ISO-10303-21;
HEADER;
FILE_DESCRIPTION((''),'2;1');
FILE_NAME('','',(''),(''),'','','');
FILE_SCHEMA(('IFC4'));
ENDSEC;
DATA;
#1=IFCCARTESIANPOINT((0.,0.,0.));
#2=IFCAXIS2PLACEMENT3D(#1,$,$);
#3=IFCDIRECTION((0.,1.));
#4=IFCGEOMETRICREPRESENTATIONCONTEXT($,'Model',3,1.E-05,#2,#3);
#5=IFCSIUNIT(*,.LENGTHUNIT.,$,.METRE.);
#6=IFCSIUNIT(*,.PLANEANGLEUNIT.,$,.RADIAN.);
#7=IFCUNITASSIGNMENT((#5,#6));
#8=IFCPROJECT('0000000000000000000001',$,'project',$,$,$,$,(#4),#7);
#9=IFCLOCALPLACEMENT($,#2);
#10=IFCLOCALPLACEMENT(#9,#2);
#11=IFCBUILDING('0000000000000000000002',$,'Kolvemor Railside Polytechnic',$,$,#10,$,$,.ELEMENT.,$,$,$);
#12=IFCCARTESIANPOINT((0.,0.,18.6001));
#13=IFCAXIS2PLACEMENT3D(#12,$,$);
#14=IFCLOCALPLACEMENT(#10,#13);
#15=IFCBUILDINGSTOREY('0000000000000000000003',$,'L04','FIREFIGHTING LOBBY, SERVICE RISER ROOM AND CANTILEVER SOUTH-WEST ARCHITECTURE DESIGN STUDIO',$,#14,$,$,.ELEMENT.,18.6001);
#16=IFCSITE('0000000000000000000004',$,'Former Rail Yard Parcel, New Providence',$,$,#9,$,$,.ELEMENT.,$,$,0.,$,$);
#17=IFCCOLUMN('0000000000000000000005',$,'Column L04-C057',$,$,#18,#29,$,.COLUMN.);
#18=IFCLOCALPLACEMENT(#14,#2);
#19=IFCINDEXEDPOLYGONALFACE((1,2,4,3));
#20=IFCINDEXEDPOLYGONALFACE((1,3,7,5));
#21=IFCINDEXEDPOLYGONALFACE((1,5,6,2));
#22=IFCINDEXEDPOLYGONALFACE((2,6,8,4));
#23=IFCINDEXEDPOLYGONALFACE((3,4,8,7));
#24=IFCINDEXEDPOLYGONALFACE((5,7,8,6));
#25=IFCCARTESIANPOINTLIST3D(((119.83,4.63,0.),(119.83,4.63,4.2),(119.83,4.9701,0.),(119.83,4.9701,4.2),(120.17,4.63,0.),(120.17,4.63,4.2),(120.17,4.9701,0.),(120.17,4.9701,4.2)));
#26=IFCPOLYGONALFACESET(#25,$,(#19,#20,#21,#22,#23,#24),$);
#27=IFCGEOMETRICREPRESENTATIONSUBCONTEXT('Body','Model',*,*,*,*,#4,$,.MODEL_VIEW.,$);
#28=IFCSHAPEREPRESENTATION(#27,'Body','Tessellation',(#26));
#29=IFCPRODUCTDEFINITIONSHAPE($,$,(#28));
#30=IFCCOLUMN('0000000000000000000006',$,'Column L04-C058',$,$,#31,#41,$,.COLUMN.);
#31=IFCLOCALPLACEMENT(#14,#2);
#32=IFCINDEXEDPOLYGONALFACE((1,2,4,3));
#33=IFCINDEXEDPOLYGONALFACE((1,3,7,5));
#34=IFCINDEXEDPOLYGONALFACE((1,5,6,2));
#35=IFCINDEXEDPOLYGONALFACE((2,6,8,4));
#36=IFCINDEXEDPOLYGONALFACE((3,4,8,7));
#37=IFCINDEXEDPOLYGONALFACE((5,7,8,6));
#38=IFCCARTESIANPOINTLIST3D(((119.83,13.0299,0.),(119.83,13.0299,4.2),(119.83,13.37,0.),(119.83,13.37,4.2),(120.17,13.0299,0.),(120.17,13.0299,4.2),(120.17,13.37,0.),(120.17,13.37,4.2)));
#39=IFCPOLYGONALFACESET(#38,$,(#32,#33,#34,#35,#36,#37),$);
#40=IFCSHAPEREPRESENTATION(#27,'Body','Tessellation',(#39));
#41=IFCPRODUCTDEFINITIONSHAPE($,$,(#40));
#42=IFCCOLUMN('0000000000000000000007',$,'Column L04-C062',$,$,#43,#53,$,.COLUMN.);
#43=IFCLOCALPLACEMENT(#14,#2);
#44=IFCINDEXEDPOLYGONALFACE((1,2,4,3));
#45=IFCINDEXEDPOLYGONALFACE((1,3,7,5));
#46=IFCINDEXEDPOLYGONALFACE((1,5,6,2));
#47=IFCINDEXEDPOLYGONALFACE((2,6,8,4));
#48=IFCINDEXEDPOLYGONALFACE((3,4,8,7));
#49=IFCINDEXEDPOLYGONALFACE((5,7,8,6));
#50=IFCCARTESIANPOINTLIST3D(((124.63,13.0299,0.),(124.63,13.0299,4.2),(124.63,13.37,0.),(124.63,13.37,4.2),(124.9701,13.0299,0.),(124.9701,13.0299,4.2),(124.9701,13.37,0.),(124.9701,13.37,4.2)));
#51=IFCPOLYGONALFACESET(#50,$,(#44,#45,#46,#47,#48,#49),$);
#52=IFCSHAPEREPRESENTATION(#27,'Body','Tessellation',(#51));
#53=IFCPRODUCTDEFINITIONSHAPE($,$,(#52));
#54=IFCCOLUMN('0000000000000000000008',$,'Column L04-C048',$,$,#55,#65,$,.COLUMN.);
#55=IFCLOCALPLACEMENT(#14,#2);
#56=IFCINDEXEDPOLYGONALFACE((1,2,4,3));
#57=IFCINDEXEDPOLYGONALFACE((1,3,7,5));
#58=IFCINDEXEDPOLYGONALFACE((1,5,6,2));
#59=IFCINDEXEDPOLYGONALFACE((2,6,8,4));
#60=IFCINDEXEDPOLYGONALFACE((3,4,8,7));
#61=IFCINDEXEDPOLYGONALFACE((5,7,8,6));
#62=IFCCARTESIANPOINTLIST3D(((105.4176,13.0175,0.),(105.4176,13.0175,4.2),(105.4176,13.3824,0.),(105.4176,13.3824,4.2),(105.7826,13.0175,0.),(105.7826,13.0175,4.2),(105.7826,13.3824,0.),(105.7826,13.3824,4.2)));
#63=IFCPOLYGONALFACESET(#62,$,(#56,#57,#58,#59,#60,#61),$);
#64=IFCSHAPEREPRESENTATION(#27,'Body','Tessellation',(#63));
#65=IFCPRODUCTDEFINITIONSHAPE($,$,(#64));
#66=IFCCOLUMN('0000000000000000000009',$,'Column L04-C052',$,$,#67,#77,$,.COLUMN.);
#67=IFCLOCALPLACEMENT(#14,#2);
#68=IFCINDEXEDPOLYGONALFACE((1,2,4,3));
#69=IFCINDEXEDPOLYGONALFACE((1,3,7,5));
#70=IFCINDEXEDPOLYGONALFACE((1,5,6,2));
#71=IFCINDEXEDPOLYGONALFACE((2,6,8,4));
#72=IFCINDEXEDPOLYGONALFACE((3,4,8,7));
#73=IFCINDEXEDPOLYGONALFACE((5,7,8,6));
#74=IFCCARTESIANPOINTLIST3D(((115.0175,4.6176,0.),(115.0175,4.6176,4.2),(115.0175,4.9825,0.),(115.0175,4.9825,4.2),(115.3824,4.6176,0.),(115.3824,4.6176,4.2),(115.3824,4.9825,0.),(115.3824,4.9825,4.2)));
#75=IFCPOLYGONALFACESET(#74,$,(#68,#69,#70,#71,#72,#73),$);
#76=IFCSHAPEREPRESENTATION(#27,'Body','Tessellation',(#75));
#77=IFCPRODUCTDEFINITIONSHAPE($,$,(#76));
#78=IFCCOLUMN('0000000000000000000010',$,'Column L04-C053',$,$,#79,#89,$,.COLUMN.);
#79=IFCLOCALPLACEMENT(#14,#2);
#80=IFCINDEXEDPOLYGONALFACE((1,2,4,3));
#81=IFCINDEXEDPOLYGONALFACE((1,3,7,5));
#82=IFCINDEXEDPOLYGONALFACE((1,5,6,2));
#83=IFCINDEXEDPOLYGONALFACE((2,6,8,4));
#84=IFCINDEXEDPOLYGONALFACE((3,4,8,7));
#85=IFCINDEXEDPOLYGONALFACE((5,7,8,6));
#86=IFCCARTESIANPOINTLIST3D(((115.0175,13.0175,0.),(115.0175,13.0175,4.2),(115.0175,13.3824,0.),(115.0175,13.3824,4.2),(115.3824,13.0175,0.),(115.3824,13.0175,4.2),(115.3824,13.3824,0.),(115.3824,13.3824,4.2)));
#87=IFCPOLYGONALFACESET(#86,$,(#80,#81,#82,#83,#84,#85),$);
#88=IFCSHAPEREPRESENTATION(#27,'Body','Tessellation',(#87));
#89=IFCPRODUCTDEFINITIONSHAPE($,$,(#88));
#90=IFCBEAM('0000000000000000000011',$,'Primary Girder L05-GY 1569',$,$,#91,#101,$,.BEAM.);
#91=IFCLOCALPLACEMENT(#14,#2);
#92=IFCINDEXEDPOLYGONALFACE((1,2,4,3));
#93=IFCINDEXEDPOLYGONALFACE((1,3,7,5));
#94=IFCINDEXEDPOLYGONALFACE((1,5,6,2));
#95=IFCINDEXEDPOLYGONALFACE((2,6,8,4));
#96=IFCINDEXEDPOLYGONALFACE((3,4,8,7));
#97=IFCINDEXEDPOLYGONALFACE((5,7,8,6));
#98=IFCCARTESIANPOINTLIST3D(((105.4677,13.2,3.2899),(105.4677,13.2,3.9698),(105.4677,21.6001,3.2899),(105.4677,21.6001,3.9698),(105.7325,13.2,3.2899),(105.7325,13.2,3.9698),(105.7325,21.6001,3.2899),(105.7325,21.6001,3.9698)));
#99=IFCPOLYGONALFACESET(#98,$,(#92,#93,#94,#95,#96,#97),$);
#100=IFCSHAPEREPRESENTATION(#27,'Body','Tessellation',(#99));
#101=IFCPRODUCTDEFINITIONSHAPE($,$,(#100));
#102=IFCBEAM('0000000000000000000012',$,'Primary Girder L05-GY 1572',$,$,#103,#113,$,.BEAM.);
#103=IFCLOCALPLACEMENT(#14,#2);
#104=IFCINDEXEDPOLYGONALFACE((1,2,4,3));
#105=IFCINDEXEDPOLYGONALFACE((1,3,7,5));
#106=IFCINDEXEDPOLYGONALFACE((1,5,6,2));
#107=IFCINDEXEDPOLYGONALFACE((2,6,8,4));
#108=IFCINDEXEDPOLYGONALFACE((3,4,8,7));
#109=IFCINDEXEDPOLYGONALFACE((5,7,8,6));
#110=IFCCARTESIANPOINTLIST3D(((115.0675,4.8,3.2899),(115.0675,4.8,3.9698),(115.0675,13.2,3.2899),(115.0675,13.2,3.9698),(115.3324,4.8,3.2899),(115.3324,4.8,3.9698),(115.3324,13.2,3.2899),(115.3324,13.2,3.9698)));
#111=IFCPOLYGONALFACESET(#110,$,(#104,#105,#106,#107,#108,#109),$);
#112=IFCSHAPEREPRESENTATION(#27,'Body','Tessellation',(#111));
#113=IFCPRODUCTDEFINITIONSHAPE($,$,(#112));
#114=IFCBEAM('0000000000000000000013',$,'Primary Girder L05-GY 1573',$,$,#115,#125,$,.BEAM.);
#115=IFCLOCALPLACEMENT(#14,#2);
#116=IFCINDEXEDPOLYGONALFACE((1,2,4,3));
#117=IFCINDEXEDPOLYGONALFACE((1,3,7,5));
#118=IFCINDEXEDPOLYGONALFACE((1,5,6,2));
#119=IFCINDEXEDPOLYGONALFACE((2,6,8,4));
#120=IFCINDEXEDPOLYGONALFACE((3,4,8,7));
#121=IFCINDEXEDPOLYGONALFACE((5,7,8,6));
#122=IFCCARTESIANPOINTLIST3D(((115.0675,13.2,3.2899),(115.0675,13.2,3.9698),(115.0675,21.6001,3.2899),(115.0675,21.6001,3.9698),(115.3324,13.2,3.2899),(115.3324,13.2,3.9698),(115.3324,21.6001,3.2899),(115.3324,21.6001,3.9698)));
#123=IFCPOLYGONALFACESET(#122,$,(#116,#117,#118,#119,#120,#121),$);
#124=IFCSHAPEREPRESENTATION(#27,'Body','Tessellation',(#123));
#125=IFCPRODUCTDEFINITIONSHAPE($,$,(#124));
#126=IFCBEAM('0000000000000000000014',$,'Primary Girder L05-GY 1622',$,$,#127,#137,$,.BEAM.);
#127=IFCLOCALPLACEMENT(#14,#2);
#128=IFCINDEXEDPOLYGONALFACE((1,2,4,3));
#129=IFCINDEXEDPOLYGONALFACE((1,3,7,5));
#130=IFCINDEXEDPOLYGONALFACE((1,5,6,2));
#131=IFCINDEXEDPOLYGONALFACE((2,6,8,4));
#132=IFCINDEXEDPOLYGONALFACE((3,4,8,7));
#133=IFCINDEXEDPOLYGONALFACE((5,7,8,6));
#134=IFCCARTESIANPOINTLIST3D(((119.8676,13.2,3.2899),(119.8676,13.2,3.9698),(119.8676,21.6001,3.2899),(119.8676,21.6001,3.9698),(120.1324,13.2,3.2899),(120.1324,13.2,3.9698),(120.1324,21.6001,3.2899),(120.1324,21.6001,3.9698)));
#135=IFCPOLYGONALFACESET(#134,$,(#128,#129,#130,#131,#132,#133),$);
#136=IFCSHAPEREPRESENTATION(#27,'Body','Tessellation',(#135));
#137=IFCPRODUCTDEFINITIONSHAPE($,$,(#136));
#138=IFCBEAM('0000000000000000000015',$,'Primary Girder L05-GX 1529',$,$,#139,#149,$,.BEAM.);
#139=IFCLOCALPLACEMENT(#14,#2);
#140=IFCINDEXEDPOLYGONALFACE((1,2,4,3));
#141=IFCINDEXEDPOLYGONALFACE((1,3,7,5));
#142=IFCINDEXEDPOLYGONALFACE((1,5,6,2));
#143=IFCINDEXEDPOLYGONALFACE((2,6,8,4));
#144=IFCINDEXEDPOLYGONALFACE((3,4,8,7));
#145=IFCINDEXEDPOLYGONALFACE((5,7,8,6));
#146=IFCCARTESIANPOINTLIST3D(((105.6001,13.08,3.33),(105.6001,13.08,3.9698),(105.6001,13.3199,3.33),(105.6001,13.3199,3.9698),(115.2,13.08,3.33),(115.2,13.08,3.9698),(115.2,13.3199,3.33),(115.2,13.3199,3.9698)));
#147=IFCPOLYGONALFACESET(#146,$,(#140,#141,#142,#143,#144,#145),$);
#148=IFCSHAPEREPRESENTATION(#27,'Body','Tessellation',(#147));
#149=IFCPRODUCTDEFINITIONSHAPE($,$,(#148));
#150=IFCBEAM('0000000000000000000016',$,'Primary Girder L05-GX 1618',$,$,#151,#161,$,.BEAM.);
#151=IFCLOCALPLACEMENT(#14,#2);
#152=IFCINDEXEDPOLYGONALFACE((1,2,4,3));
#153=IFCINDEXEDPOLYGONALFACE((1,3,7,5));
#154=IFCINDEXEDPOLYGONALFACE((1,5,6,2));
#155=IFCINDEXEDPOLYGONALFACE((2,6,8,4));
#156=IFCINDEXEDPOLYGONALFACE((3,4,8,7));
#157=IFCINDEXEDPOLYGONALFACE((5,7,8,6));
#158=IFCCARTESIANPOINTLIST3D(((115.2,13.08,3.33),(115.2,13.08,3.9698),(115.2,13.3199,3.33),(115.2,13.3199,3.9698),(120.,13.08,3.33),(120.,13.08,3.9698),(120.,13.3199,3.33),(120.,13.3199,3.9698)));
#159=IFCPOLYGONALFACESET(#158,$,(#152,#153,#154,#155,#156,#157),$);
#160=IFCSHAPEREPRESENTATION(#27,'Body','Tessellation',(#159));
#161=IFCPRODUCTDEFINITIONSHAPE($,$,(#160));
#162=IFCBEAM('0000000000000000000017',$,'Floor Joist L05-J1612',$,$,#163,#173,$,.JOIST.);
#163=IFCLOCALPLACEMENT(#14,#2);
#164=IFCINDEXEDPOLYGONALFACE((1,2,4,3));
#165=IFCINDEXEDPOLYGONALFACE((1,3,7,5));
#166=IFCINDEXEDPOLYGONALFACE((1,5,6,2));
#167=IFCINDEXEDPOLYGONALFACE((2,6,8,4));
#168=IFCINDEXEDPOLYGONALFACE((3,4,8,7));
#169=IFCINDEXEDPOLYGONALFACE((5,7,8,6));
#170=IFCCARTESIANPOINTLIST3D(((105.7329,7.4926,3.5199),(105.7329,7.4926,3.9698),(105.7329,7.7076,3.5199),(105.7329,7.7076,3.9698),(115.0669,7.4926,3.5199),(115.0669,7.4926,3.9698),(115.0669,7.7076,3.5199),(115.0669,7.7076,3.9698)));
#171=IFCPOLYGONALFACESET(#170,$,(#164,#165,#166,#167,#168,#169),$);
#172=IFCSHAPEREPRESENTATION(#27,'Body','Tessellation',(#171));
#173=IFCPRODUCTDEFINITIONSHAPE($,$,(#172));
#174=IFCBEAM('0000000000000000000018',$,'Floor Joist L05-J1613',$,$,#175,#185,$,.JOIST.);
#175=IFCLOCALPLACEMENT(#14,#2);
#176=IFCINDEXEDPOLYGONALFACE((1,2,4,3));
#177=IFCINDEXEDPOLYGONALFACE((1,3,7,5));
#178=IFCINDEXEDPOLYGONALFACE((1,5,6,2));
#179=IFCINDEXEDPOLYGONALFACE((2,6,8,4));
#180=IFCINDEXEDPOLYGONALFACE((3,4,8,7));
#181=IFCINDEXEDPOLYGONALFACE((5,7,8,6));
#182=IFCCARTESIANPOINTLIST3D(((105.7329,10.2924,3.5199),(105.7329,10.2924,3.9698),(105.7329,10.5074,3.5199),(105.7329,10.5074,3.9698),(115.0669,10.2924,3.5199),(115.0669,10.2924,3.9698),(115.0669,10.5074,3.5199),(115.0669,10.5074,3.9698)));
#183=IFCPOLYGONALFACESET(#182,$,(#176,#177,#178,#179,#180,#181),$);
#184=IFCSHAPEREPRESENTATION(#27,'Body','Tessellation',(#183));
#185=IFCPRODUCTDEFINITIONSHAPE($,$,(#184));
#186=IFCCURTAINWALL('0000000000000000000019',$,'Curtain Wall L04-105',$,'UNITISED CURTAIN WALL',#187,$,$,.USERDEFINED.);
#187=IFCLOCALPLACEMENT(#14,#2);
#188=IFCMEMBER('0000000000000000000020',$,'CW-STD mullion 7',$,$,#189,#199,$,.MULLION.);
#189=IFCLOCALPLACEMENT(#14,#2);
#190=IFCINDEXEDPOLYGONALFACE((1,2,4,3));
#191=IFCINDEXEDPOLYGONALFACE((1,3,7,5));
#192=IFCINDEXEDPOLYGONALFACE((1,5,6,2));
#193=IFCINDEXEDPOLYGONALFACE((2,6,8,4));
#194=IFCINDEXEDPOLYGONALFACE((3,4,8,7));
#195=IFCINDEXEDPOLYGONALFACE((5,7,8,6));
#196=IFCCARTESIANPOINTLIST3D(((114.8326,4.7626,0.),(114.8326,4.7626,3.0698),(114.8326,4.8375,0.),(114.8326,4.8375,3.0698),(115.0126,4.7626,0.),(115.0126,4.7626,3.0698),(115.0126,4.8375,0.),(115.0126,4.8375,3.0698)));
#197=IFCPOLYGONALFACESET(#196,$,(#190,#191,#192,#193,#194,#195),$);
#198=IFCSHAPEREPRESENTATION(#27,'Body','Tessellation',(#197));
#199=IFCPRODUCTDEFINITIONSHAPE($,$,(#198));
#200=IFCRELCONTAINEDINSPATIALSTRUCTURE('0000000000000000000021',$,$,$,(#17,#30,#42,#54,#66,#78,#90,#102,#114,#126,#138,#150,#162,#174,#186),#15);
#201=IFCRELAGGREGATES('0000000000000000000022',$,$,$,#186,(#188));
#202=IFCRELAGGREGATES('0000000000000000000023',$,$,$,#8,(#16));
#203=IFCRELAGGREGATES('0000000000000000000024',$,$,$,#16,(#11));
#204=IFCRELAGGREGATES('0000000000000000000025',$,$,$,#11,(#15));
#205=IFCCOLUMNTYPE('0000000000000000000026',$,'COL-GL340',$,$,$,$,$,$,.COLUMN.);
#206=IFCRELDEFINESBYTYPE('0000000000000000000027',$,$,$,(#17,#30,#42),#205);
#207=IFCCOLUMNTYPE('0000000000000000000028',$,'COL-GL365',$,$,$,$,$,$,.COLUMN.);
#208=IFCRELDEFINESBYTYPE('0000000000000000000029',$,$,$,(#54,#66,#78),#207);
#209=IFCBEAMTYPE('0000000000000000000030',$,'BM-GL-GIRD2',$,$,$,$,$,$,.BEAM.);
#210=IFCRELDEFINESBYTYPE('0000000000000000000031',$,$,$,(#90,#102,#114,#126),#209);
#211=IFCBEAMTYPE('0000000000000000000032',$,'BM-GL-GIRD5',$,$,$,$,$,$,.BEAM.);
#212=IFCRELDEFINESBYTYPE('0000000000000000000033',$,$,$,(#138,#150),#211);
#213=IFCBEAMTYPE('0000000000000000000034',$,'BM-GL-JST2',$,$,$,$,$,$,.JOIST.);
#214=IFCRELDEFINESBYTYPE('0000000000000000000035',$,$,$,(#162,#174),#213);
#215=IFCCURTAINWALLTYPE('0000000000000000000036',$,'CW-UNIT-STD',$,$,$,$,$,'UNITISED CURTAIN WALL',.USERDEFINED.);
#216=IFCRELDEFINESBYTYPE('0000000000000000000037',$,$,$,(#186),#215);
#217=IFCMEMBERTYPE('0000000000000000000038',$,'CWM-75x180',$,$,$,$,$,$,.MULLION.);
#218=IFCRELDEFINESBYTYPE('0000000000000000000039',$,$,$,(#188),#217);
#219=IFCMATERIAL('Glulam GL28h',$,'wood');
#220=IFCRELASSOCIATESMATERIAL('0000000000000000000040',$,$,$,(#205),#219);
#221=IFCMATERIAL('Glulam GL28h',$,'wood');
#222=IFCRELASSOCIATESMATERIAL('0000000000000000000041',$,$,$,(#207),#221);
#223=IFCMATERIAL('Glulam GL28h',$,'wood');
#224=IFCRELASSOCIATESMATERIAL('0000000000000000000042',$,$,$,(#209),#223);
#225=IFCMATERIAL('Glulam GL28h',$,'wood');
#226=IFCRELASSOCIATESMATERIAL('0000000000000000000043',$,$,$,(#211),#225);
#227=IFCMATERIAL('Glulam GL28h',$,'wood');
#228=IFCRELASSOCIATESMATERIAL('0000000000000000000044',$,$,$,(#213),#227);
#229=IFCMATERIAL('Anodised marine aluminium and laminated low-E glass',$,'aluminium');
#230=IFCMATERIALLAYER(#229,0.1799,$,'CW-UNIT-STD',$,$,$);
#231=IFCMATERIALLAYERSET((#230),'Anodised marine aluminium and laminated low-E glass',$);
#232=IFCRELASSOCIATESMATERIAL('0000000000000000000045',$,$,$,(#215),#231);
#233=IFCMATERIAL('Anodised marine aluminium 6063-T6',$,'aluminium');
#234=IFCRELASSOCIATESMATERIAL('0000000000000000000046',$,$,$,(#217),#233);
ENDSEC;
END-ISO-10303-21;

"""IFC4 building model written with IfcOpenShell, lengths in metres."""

from ifc_helpers import new_model, si_unit, direction, frame, origin, origin_2d, place, context, subcontext, project, spatial, rectangle, extrude, material, layer, layer_set, material_profile, profile_set, type_object, element, aggregate, save


model = new_model("IFC4")

# Units and contexts
model_context = context("Model", 3, precision=1e-05, world=origin(), true_north=direction((0.0, 1.0)))
body_context = subcontext(model_context, "Body", "Model", "MODEL_VIEW")
ifc_project = project(units=[si_unit("LENGTHUNIT", "METRE"), si_unit("PLANEANGLEUNIT", "RADIAN")], contexts=[model_context])

# Site, building, storey
site_placement = place(None, origin())
site = spatial("IfcSite", under=ifc_project, at=site_placement, Name="Former Rail Yard Parcel, New Providence", CompositionType="ELEMENT", RefElevation=0.0)
building_placement = place(site_placement, origin())
building = spatial("IfcBuilding", under=site, at=building_placement, Name="Kolvemor Railside Polytechnic", CompositionType="ELEMENT")
storey_placement = place(building_placement, frame((0.0, 0.0, 18.6001)))
storey = spatial("IfcBuildingStorey", under=building, at=storey_placement, Name="L04", Description="FIREFIGHTING LOBBY, SERVICE RISER ROOM AND CANTILEVER SOUTH-WEST ARCHITECTURE DESIGN STUDIO", CompositionType="ELEMENT", Elevation=18.6001)

# Columns
ifc_material_1 = material(Name="Glulam GL28h", Category="wood")
ifc_material_profile_1 = material_profile(ifc_material_1, rectangle(XDim=0.3401, YDim=0.3401, at=origin_2d()), Name="GL340x340")
ifc_profile_set_1 = profile_set([ifc_material_profile_1], Name="Glulam GL28h")
column_type_1 = type_object("IfcColumnType", Name="COL-GL340", PredefinedType="COLUMN", material=ifc_profile_set_1)
for number, where, z_axis, x_axis, name in (
    (1, (120.0, 4.8, 0.0), (0.0, 0.0, 1.0), (1.0, 0.0, 0.0), "Column L04-C057"),
    (2, (120.0, 13.2, 0.0), (0.0, 0.0, 1.0), (1.0, 0.0, 0.0), "Column L04-C058"),
    (3, (124.8, 13.2, 0.0), (0.0, 0.0, 1.0), (1.0, 0.0, 0.0), "Column L04-C062"),
):
    element("IfcColumn", number, at=place(storey_placement, frame(where, z_axis=z_axis, x_axis=x_axis)), inside=storey, type_object=column_type_1, Name=name, PredefinedType="COLUMN", context=body_context, shape_type="SweptSolid", body=[
        extrude(rectangle(XDim=0.3401, YDim=0.3401, at=origin_2d()), origin(), (0.0, 0.0, 1.0), 4.2),
    ])
ifc_material_2 = material(Name="Glulam GL28h", Category="wood")
ifc_material_profile_2 = material_profile(ifc_material_2, rectangle(XDim=0.365, YDim=0.365, at=origin_2d()), Name="GL365x365")
ifc_profile_set_2 = profile_set([ifc_material_profile_2], Name="Glulam GL28h")
column_type_2 = type_object("IfcColumnType", Name="COL-GL365", PredefinedType="COLUMN", material=ifc_profile_set_2)
for number, where, z_axis, x_axis, name in (
    (4, (105.6001, 13.2, 0.0), (0.0, 0.0, 1.0), (1.0, 0.0, 0.0), "Column L04-C048"),
    (5, (115.2, 4.8, 0.0), (0.0, 0.0, 1.0), (1.0, 0.0, 0.0), "Column L04-C052"),
    (6, (115.2, 13.2, 0.0), (0.0, 0.0, 1.0), (1.0, 0.0, 0.0), "Column L04-C053"),
):
    element("IfcColumn", number, at=place(storey_placement, frame(where, z_axis=z_axis, x_axis=x_axis)), inside=storey, type_object=column_type_2, Name=name, PredefinedType="COLUMN", context=body_context, shape_type="SweptSolid", body=[
        extrude(rectangle(XDim=0.365, YDim=0.365, at=origin_2d()), origin(), (0.0, 0.0, 1.0), 4.2),
    ])

# Beams
ifc_material_3 = material(Name="Glulam GL28h", Category="wood")
ifc_material_profile_3 = material_profile(ifc_material_3, rectangle(XDim=0.2649, YDim=0.6799, at=origin_2d()), Name="GL265x680")
ifc_profile_set_3 = profile_set([ifc_material_profile_3], Name="Glulam GL28h")
beam_type_1 = type_object("IfcBeamType", Name="BM-GL-GIRD2", PredefinedType="BEAM", material=ifc_profile_set_3)
beam_1_placement = place(storey_placement, frame((105.6001, 13.2, 3.6299), z_axis=(0.0, 1.0, 0.0), x_axis=(-1.0, 0.0, 0.0)))
element("IfcBeam", 7, at=beam_1_placement, inside=storey, type_object=beam_type_1, Name="Primary Girder L05-GY 1569", PredefinedType="BEAM", context=body_context, shape_type="SweptSolid", body=[
    extrude(rectangle(XDim=0.2649, YDim=0.6799, at=origin_2d()), origin(), (0.0, 0.0, 1.0), 8.4001),
])
beam_2_placement = place(storey_placement, frame((115.2, 4.8, 3.6299), z_axis=(0.0, 1.0, 0.0), x_axis=(-1.0, 0.0, 0.0)))
element("IfcBeam", 8, at=beam_2_placement, inside=storey, type_object=beam_type_1, Name="Primary Girder L05-GY 1572", PredefinedType="BEAM", context=body_context, shape_type="SweptSolid", body=[
    extrude(rectangle(XDim=0.2649, YDim=0.6799, at=origin_2d()), origin(), (0.0, 0.0, 1.0), 8.3999),
])
for number, where, z_axis, x_axis, name in (
    (9, (115.2, 13.2, 3.6299), (0.0, 1.0, 0.0), (-1.0, 0.0, 0.0), "Primary Girder L05-GY 1573"),
    (10, (120.0, 13.2, 3.6299), (0.0, 1.0, 0.0), (-1.0, 0.0, 0.0), "Primary Girder L05-GY 1622"),
):
    element("IfcBeam", number, at=place(storey_placement, frame(where, z_axis=z_axis, x_axis=x_axis)), inside=storey, type_object=beam_type_1, Name=name, PredefinedType="BEAM", context=body_context, shape_type="SweptSolid", body=[
        extrude(rectangle(XDim=0.2649, YDim=0.6799, at=origin_2d()), origin(), (0.0, 0.0, 1.0), 8.4001),
    ])
ifc_material_4 = material(Name="Glulam GL28h", Category="wood")
ifc_material_profile_4 = material_profile(ifc_material_4, rectangle(XDim=0.24, YDim=0.6399, at=origin_2d()), Name="GL240x640")
ifc_profile_set_4 = profile_set([ifc_material_profile_4], Name="Glulam GL28h")
beam_type_2 = type_object("IfcBeamType", Name="BM-GL-GIRD5", PredefinedType="BEAM", material=ifc_profile_set_4)
beam_3_placement = place(storey_placement, frame((105.6001, 13.2, 3.6499), z_axis=(1.0, 0.0, 0.0), x_axis=(0.0, 1.0, 0.0)))
element("IfcBeam", 11, at=beam_3_placement, inside=storey, type_object=beam_type_2, Name="Primary Girder L05-GX 1529", PredefinedType="BEAM", context=body_context, shape_type="SweptSolid", body=[
    extrude(rectangle(XDim=0.24, YDim=0.6399, at=origin_2d()), origin(), (0.0, 0.0, 1.0), 9.5999),
])
beam_4_placement = place(storey_placement, frame((115.2, 13.2, 3.6499), z_axis=(1.0, 0.0, 0.0), x_axis=(0.0, 1.0, 0.0)))
element("IfcBeam", 12, at=beam_4_placement, inside=storey, type_object=beam_type_2, Name="Primary Girder L05-GX 1618", PredefinedType="BEAM", context=body_context, shape_type="SweptSolid", body=[
    extrude(rectangle(XDim=0.24, YDim=0.6399, at=origin_2d()), origin(), (0.0, 0.0, 1.0), 4.8),
])
ifc_material_5 = material(Name="Glulam GL28h", Category="wood")
ifc_material_profile_5 = material_profile(ifc_material_5, rectangle(XDim=0.2151, YDim=0.45, at=origin_2d()), Name="GL215x450")
ifc_profile_set_5 = profile_set([ifc_material_profile_5], Name="Glulam GL28h")
beam_type_3 = type_object("IfcBeamType", Name="BM-GL-JST2", PredefinedType="JOIST", material=ifc_profile_set_5)
for number, where, z_axis, x_axis, name in (
    (13, (105.7329, 7.6001, 3.7449), (1.0, 0.0, 0.0), (0.0, 1.0, 0.0), "Floor Joist L05-J1612"),
    (14, (105.7329, 10.3999, 3.7449), (1.0, 0.0, 0.0), (0.0, 1.0, 0.0), "Floor Joist L05-J1613"),
):
    element("IfcBeam", number, at=place(storey_placement, frame(where, z_axis=z_axis, x_axis=x_axis)), inside=storey, type_object=beam_type_3, Name=name, PredefinedType="JOIST", context=body_context, shape_type="SweptSolid", body=[
        extrude(rectangle(XDim=0.2151, YDim=0.45, at=origin_2d()), origin(), (0.0, 0.0, 1.0), 9.334),
    ])

# Curtain wall, member
ifc_material_6 = material(Name="Anodised marine aluminium and laminated low-E glass", Category="aluminium")
ifc_layer_1 = layer(ifc_material_6, 0.1799, Name="CW-UNIT-STD")
ifc_layer_set_1 = layer_set([ifc_layer_1], Name="Anodised marine aluminium and laminated low-E glass")
curtain_wall_type = type_object("IfcCurtainWallType", Name="CW-UNIT-STD", ElementType="UNITISED CURTAIN WALL", PredefinedType="USERDEFINED", material=ifc_layer_set_1)
curtain_wall_placement = place(storey_placement, origin())
curtain_wall = element("IfcCurtainWall", 15, at=curtain_wall_placement, inside=storey, type_object=curtain_wall_type, Name="Curtain Wall L04-105", ObjectType="UNITISED CURTAIN WALL", PredefinedType="USERDEFINED")
ifc_material_7 = material(Name="Anodised marine aluminium 6063-T6", Category="aluminium")
ifc_material_profile_6 = material_profile(ifc_material_7, rectangle(XDim=0.075, YDim=0.1799, at=origin_2d()), Name="CW-MUL-75x180")
ifc_profile_set_6 = profile_set([ifc_material_profile_6], Name="Anodised marine aluminium 6063-T6")
member_type = type_object("IfcMemberType", Name="CWM-75x180", PredefinedType="MULLION", material=ifc_profile_set_6)
member_placement = place(storey_placement, frame((114.9226, 4.8, 0.0), z_axis=(0.0, 0.0, 1.0), x_axis=(0.0, 1.0, 0.0)))
member = element("IfcMember", 16, at=member_placement, type_object=member_type, Name="CW-STD mullion 7", PredefinedType="MULLION", context=body_context, shape_type="SweptSolid", body=[
    extrude(rectangle(XDim=0.075, YDim=0.1799, at=origin_2d()), origin(), (0.0, 0.0, 1.0), 3.0698),
])
aggregate(curtain_wall, [member])

save(model, "model.ifc")
